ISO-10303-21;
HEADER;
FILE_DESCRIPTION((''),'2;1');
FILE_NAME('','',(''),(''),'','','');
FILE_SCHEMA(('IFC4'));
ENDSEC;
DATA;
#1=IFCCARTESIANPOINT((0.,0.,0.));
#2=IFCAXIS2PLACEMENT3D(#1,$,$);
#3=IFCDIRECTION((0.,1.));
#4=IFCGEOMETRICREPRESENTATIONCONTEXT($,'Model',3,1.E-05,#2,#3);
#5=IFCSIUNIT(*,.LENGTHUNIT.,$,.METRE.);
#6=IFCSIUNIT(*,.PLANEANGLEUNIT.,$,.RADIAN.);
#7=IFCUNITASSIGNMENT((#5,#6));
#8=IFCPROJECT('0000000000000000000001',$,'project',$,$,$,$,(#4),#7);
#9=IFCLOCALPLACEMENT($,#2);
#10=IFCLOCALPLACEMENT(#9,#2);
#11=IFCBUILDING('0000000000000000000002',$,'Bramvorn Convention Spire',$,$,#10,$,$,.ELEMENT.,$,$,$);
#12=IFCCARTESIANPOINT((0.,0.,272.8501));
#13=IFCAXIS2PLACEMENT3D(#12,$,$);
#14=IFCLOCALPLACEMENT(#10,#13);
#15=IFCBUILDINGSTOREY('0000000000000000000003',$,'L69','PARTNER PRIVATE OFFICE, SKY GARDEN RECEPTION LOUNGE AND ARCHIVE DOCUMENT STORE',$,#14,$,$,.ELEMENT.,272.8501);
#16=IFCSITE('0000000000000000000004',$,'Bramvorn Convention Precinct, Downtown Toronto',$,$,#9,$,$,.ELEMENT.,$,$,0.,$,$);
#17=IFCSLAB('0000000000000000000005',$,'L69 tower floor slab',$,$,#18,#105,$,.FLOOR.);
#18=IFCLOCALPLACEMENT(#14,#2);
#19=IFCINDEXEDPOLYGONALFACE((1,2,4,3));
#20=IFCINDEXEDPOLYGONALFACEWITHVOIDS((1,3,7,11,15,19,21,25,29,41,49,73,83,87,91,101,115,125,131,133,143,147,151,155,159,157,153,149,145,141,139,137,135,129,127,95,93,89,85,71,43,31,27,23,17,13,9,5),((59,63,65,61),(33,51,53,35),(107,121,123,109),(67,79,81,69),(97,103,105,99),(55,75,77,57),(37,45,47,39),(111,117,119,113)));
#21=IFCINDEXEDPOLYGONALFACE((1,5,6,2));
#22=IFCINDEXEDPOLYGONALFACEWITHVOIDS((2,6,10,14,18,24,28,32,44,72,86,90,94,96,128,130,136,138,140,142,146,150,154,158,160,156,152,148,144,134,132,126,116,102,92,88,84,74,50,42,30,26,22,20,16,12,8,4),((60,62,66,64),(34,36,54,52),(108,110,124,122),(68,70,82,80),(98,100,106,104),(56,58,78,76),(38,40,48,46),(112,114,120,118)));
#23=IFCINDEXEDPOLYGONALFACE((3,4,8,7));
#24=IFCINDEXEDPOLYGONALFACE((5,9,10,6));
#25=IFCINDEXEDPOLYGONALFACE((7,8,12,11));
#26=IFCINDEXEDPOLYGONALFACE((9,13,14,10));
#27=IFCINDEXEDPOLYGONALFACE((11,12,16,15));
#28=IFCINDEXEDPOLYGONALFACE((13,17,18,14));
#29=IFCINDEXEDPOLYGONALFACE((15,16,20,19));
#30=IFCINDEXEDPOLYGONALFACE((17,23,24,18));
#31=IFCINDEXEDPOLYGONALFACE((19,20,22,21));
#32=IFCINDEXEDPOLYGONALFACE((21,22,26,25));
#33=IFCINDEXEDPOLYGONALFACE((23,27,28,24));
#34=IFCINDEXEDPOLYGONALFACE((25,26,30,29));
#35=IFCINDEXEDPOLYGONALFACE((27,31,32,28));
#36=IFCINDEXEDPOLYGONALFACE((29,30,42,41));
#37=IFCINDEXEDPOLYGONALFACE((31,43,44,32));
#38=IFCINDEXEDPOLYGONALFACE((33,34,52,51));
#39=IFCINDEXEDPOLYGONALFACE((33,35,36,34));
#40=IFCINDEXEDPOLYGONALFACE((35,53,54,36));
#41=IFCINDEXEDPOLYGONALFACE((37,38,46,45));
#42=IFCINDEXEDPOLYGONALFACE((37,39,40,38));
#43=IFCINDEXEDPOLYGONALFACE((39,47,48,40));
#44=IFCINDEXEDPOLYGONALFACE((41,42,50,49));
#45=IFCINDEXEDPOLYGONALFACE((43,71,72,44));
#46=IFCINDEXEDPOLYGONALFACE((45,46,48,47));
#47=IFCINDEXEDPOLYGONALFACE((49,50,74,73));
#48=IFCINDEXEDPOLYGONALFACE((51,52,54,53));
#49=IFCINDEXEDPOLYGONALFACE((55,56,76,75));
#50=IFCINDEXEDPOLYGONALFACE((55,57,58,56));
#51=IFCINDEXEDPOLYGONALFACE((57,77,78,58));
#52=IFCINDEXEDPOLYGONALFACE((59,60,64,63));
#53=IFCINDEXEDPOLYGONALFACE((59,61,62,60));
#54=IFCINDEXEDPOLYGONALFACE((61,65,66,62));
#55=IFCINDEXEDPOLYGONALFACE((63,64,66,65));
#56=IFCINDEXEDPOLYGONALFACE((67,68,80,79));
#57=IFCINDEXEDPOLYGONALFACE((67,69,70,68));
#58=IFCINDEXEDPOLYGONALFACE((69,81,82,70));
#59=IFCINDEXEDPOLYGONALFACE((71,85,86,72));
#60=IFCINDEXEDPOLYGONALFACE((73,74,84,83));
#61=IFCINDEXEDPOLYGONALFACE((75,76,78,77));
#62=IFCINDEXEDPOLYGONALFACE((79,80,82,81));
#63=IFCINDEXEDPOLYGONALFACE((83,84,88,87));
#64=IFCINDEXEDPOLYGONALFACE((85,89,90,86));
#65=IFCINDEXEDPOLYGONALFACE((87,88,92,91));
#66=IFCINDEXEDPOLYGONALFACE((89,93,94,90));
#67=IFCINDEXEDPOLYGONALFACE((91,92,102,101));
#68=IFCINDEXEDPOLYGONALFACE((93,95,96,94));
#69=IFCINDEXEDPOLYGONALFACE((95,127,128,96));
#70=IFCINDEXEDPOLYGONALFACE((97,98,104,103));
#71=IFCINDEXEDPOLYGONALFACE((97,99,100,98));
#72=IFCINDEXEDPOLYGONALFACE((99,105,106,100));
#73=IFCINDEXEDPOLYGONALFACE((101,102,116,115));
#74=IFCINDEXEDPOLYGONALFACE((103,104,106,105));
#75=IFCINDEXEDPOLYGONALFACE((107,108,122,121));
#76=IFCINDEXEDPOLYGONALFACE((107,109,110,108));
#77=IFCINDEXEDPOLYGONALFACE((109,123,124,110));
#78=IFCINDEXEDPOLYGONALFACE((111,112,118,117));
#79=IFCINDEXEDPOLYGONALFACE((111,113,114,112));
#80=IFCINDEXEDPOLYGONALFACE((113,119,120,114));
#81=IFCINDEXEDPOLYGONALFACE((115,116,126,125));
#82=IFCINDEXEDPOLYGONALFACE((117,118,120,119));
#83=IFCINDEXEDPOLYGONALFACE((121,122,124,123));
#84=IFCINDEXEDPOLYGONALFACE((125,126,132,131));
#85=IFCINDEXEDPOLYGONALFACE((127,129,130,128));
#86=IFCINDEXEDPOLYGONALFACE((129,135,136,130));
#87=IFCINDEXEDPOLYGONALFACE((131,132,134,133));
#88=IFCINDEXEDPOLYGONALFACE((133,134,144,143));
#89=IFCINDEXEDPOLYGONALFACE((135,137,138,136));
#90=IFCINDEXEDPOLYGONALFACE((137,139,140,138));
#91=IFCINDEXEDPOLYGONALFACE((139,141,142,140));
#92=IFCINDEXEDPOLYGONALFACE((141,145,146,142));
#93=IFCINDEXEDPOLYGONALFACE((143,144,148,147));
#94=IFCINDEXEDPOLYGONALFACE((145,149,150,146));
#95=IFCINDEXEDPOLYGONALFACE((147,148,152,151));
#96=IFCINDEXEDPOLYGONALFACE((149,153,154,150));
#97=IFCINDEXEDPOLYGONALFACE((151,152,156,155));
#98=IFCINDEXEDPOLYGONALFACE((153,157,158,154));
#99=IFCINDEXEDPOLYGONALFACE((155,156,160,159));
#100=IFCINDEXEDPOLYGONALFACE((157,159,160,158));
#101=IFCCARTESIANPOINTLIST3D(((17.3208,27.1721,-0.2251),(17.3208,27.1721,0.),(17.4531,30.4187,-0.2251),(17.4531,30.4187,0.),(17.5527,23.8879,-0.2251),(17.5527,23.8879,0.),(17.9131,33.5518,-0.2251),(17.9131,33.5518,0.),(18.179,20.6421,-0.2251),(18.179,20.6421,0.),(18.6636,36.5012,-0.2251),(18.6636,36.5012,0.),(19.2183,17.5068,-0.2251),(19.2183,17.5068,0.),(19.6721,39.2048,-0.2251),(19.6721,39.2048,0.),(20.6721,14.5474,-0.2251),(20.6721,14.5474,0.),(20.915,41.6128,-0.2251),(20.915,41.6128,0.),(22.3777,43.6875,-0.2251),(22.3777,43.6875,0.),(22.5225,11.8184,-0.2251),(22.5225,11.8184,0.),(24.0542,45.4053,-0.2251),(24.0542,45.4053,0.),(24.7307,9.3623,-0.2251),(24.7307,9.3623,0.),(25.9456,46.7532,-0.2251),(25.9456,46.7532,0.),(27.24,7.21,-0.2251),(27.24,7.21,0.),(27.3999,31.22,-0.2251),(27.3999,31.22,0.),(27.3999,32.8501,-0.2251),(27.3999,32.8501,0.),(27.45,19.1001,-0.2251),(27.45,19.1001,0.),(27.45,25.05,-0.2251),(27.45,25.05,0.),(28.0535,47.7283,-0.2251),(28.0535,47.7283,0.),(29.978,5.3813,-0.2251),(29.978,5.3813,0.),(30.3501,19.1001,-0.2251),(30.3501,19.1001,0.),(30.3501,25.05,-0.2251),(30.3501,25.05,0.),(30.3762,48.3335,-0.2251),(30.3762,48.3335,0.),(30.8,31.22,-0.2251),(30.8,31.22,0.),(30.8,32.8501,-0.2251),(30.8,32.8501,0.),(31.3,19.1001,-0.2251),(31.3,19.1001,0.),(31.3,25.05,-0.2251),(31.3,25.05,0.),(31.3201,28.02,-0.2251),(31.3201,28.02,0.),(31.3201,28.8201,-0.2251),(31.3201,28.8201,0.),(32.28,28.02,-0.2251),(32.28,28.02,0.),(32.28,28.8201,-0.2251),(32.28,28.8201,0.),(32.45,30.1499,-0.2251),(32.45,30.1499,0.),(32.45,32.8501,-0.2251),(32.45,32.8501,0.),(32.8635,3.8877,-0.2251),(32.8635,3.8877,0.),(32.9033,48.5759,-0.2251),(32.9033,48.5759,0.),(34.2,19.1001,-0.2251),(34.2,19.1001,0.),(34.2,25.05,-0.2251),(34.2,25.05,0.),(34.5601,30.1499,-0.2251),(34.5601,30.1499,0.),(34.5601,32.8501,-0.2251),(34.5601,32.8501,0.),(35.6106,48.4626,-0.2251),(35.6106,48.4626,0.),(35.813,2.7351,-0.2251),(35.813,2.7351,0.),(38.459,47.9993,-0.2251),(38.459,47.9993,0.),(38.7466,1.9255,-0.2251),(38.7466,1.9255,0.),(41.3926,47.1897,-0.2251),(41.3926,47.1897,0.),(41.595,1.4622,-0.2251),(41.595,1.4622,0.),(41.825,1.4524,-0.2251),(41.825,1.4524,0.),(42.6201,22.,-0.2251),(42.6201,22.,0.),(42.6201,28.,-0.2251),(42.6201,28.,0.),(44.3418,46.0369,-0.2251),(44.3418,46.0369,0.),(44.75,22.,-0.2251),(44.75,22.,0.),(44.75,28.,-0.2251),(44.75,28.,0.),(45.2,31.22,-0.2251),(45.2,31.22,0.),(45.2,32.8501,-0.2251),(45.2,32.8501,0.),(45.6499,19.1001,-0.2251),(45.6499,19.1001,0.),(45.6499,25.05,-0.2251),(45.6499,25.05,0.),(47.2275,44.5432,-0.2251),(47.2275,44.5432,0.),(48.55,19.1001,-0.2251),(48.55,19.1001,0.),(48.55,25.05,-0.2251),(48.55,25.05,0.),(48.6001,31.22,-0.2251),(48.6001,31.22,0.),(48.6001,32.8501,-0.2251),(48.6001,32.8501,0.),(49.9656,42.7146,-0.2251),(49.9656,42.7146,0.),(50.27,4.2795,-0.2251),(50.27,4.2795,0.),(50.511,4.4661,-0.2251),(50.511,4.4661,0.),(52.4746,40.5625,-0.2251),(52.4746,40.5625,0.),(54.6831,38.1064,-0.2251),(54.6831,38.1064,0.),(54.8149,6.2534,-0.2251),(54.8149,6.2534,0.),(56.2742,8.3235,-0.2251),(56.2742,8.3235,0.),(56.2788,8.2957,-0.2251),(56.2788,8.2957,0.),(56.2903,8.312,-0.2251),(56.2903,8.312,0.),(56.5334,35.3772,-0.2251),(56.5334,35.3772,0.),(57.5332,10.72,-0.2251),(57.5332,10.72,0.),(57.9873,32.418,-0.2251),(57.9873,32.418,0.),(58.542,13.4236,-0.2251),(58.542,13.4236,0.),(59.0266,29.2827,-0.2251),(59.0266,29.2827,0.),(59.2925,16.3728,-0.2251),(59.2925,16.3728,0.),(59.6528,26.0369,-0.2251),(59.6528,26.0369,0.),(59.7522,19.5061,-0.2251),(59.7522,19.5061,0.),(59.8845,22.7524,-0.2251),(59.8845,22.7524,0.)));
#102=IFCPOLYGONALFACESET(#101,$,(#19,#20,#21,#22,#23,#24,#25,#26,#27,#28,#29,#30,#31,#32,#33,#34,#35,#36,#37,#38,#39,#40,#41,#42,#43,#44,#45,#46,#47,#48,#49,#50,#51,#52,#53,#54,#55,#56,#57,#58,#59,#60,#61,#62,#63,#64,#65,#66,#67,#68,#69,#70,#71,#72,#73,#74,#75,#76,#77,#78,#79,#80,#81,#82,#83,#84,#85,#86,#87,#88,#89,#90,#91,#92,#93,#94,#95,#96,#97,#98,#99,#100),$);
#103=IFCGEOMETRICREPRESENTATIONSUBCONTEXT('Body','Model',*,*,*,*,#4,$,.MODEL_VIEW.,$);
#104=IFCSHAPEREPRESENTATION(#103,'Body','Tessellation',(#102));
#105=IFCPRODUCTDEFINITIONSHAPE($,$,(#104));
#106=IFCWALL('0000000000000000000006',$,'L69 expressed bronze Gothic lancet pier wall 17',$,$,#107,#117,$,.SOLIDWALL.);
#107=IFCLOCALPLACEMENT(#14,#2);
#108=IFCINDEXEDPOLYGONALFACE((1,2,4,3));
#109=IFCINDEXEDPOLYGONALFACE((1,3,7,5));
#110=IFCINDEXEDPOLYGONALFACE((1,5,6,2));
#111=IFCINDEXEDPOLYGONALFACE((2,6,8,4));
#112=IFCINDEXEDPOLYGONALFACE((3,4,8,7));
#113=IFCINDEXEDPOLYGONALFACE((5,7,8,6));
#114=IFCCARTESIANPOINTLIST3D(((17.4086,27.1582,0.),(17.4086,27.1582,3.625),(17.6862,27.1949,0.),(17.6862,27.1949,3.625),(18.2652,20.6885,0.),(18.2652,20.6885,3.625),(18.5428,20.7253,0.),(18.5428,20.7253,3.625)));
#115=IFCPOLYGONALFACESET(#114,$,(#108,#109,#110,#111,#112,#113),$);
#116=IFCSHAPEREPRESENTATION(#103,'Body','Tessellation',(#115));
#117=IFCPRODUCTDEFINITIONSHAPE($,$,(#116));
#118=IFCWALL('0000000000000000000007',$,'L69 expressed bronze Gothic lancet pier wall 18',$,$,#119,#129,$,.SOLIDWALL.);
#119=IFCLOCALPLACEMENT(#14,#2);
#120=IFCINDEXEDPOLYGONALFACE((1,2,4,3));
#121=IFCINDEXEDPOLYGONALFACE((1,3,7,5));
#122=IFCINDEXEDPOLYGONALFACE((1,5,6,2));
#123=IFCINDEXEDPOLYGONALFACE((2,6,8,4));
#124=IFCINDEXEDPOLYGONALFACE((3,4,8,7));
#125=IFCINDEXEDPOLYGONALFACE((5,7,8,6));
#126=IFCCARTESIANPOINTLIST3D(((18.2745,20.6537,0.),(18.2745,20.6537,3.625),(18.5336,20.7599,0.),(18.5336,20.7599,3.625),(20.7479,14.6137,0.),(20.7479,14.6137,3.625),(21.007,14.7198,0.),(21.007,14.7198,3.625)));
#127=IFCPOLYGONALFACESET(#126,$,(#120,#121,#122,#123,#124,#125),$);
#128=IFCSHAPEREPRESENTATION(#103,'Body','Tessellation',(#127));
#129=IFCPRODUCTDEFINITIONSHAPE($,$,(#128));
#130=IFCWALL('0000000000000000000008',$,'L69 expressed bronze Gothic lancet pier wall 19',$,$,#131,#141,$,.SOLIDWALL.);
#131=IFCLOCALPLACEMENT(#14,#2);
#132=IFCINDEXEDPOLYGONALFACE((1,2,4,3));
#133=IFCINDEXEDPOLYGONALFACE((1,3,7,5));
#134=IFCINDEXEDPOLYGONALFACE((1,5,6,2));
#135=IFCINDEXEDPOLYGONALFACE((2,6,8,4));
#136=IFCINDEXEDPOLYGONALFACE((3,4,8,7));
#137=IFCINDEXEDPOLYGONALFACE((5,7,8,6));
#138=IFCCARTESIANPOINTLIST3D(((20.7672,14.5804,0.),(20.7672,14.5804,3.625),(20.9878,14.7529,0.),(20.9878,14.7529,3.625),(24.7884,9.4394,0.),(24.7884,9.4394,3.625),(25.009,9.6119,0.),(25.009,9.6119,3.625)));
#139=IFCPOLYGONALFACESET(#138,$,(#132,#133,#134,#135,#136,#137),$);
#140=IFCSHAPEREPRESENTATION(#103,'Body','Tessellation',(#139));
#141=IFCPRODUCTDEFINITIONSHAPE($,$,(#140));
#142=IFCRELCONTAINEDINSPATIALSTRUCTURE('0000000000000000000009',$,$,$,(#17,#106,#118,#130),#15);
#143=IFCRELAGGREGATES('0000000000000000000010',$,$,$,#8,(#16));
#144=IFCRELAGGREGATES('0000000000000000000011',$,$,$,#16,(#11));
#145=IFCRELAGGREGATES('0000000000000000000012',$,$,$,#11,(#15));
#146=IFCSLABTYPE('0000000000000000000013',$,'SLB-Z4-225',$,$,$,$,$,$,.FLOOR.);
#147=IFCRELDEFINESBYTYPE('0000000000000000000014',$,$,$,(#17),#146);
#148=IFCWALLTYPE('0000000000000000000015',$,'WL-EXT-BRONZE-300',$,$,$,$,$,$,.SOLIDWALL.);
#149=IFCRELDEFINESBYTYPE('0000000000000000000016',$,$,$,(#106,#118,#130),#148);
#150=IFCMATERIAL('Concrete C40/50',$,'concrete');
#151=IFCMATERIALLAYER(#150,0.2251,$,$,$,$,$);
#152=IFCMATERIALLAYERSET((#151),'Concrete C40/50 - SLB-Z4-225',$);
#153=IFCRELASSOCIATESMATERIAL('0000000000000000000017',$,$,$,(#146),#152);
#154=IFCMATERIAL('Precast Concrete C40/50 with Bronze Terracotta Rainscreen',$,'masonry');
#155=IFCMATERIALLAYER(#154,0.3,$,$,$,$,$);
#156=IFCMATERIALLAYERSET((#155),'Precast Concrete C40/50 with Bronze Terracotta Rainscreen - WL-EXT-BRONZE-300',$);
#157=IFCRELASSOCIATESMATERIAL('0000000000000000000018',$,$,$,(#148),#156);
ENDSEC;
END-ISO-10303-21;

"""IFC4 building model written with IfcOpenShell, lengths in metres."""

from ifc_helpers import new_model, si_unit, direction, frame, frame_2d, origin, place, context, subcontext, project, spatial, polyline, rectangle, outline, extrude, material, layer, layer_set, type_object, element, save


model = new_model("IFC4")

# Units and contexts
model_context = context("Model", 3, precision=1e-05, world=origin(), true_north=direction((0.0, 1.0)))
body_context = subcontext(model_context, "Body", "Model", "MODEL_VIEW")
ifc_project = project(units=[si_unit("LENGTHUNIT", "METRE"), si_unit("PLANEANGLEUNIT", "RADIAN")], contexts=[model_context])

# Site, building, storey
site_placement = place(None, origin())
site = spatial("IfcSite", under=ifc_project, at=site_placement, Name="Bramvorn Convention Precinct, Downtown Toronto", CompositionType="ELEMENT", RefElevation=0.0)
building_placement = place(site_placement, origin())
building = spatial("IfcBuilding", under=site, at=building_placement, Name="Bramvorn Convention Spire", CompositionType="ELEMENT")
storey_placement = place(building_placement, frame((0.0, 0.0, 272.8501)))
storey = spatial("IfcBuildingStorey", under=building, at=storey_placement, Name="L69", Description="PARTNER PRIVATE OFFICE, SKY GARDEN RECEPTION LOUNGE AND ARCHIVE DOCUMENT STORE", CompositionType="ELEMENT", Elevation=272.8501)

# Slab
ifc_material_1 = material(Name="Concrete C40/50", Category="concrete")
ifc_layer_1 = layer(ifc_material_1, 0.2251)
ifc_layer_set_1 = layer_set([ifc_layer_1], Name="Concrete C40/50 - SLB-Z4-225")
slab_type_1 = type_object("IfcSlabType", Name="SLB-Z4-225", PredefinedType="FLOOR", material=ifc_layer_set_1)
slab_1_placement = place(storey_placement, frame((0.0, 0.0, -0.2251)))
element("IfcSlab", 1, at=slab_1_placement, inside=storey, type_object=slab_type_1, Name="L69 tower floor slab", PredefinedType="FLOOR", context=body_context, shape_type="SweptSolid", body=[
    extrude(outline(polyline([(41.595, 1.4622), (38.7466, 1.9255), (35.813, 2.7351), (32.8635, 3.8877), (29.978, 5.3813), (27.24, 7.21), (24.7307, 9.3623), (22.5225, 11.8184), (20.6721, 14.5474), (19.2183, 17.5068), (18.179, 20.6421), (17.5527, 23.8879), (17.3208, 27.1721), (17.4531, 30.4187), (17.9131, 33.5518), (18.6636, 36.5012), (19.6721, 39.2048), (20.915, 41.6128), (22.3777, 43.6875), (24.0542, 45.4053), (25.9456, 46.7532), (28.0535, 47.7283), (30.3762, 48.3335), (32.9033, 48.5759), (35.6106, 48.4626), (38.459, 47.9993), (41.3926, 47.1897), (44.3418, 46.0369), (47.2275, 44.5432), (49.9656, 42.7146), (52.4746, 40.5625), (54.6831, 38.1064), (56.5334, 35.3772), (57.9873, 32.418), (59.0266, 29.2827), (59.6528, 26.0369), (59.8845, 22.7524), (59.7522, 19.5061), (59.2925, 16.3728), (58.542, 13.4236), (57.5332, 10.72), (56.2903, 8.312), (56.2788, 8.2957), (56.2742, 8.3235), (54.8149, 6.2534), (50.511, 4.4661), (50.27, 4.2795), (41.825, 1.4524), (41.595, 1.4622)]), holes=[polyline([(27.45, 25.05), (27.45, 19.1001), (30.3501, 19.1001), (30.3501, 25.05), (27.45, 25.05)]), polyline([(45.6499, 25.05), (45.6499, 19.1001), (48.55, 19.1001), (48.55, 25.05), (45.6499, 25.05)]), polyline([(31.3, 25.05), (31.3, 19.1001), (34.2, 19.1001), (34.2, 25.05), (31.3, 25.05)]), polyline([(27.3999, 31.22), (30.8, 31.22), (30.8, 32.8501), (27.3999, 32.8501), (27.3999, 31.22)]), polyline([(45.2, 31.22), (48.6001, 31.22), (48.6001, 32.8501), (45.2, 32.8501), (45.2, 31.22)]), polyline([(32.45, 30.1499), (34.5601, 30.1499), (34.5601, 32.8501), (32.45, 32.8501), (32.45, 30.1499)]), polyline([(42.6201, 22.0), (44.75, 22.0), (44.75, 28.0), (42.6201, 28.0), (42.6201, 22.0)]), polyline([(31.3201, 28.02), (32.28, 28.02), (32.28, 28.8201), (31.3201, 28.8201), (31.3201, 28.02)])]), origin(), (0.0, 0.0, 1.0), 0.2251),
])

# Walls
ifc_material_2 = material(Name="Precast Concrete C40/50 with Bronze Terracotta Rainscreen", Category="masonry")
ifc_layer_2 = layer(ifc_material_2, 0.3)
ifc_layer_set_2 = layer_set([ifc_layer_2], Name="Precast Concrete C40/50 with Bronze Terracotta Rainscreen - WL-EXT-BRONZE-300")
wall_type_1 = type_object("IfcWallType", Name="WL-EXT-BRONZE-300", PredefinedType="SOLIDWALL", material=ifc_layer_set_2)
wall_1_placement = place(storey_placement, frame((18.4041, 20.7068, 0.0), z_axis=(0.0, 0.0, 1.0), x_axis=(-0.131269, 0.991347, 0.0)))
element("IfcWall", 2, at=wall_1_placement, inside=storey, type_object=wall_type_1, Name="L69 expressed bronze Gothic lancet pier wall 17", PredefinedType="SOLIDWALL", context=body_context, shape_type="SweptSolid", body=[
    extrude(rectangle(XDim=6.5261, YDim=0.28, at=frame_2d((3.2632, 0.0))), origin(), (0.0, 0.0, 1.0), 3.625),
])
for number, where, z_axis, x_axis, name in (
    (3, (20.8774, 14.6667, 0.0), (0.0, 0.0, 1.0), (-0.378956, 0.925415, 0.0), "L69 expressed bronze Gothic lancet pier wall 18"),
    (4, (24.8987, 9.5256, 0.0), (0.0, 0.0, 1.0), (-0.616095, 0.787672, 0.0), "L69 expressed bronze Gothic lancet pier wall 19"),
):
    element("IfcWall", number, at=place(storey_placement, frame(where, z_axis=z_axis, x_axis=x_axis)), inside=storey, type_object=wall_type_1, Name=name, PredefinedType="SOLIDWALL", context=body_context, shape_type="SweptSolid", body=[
        extrude(rectangle(XDim=6.5269, YDim=0.28, at=frame_2d((3.2634, 0.0))), origin(), (0.0, 0.0, 1.0), 3.625),
    ])

save(model, "model.ifc")
